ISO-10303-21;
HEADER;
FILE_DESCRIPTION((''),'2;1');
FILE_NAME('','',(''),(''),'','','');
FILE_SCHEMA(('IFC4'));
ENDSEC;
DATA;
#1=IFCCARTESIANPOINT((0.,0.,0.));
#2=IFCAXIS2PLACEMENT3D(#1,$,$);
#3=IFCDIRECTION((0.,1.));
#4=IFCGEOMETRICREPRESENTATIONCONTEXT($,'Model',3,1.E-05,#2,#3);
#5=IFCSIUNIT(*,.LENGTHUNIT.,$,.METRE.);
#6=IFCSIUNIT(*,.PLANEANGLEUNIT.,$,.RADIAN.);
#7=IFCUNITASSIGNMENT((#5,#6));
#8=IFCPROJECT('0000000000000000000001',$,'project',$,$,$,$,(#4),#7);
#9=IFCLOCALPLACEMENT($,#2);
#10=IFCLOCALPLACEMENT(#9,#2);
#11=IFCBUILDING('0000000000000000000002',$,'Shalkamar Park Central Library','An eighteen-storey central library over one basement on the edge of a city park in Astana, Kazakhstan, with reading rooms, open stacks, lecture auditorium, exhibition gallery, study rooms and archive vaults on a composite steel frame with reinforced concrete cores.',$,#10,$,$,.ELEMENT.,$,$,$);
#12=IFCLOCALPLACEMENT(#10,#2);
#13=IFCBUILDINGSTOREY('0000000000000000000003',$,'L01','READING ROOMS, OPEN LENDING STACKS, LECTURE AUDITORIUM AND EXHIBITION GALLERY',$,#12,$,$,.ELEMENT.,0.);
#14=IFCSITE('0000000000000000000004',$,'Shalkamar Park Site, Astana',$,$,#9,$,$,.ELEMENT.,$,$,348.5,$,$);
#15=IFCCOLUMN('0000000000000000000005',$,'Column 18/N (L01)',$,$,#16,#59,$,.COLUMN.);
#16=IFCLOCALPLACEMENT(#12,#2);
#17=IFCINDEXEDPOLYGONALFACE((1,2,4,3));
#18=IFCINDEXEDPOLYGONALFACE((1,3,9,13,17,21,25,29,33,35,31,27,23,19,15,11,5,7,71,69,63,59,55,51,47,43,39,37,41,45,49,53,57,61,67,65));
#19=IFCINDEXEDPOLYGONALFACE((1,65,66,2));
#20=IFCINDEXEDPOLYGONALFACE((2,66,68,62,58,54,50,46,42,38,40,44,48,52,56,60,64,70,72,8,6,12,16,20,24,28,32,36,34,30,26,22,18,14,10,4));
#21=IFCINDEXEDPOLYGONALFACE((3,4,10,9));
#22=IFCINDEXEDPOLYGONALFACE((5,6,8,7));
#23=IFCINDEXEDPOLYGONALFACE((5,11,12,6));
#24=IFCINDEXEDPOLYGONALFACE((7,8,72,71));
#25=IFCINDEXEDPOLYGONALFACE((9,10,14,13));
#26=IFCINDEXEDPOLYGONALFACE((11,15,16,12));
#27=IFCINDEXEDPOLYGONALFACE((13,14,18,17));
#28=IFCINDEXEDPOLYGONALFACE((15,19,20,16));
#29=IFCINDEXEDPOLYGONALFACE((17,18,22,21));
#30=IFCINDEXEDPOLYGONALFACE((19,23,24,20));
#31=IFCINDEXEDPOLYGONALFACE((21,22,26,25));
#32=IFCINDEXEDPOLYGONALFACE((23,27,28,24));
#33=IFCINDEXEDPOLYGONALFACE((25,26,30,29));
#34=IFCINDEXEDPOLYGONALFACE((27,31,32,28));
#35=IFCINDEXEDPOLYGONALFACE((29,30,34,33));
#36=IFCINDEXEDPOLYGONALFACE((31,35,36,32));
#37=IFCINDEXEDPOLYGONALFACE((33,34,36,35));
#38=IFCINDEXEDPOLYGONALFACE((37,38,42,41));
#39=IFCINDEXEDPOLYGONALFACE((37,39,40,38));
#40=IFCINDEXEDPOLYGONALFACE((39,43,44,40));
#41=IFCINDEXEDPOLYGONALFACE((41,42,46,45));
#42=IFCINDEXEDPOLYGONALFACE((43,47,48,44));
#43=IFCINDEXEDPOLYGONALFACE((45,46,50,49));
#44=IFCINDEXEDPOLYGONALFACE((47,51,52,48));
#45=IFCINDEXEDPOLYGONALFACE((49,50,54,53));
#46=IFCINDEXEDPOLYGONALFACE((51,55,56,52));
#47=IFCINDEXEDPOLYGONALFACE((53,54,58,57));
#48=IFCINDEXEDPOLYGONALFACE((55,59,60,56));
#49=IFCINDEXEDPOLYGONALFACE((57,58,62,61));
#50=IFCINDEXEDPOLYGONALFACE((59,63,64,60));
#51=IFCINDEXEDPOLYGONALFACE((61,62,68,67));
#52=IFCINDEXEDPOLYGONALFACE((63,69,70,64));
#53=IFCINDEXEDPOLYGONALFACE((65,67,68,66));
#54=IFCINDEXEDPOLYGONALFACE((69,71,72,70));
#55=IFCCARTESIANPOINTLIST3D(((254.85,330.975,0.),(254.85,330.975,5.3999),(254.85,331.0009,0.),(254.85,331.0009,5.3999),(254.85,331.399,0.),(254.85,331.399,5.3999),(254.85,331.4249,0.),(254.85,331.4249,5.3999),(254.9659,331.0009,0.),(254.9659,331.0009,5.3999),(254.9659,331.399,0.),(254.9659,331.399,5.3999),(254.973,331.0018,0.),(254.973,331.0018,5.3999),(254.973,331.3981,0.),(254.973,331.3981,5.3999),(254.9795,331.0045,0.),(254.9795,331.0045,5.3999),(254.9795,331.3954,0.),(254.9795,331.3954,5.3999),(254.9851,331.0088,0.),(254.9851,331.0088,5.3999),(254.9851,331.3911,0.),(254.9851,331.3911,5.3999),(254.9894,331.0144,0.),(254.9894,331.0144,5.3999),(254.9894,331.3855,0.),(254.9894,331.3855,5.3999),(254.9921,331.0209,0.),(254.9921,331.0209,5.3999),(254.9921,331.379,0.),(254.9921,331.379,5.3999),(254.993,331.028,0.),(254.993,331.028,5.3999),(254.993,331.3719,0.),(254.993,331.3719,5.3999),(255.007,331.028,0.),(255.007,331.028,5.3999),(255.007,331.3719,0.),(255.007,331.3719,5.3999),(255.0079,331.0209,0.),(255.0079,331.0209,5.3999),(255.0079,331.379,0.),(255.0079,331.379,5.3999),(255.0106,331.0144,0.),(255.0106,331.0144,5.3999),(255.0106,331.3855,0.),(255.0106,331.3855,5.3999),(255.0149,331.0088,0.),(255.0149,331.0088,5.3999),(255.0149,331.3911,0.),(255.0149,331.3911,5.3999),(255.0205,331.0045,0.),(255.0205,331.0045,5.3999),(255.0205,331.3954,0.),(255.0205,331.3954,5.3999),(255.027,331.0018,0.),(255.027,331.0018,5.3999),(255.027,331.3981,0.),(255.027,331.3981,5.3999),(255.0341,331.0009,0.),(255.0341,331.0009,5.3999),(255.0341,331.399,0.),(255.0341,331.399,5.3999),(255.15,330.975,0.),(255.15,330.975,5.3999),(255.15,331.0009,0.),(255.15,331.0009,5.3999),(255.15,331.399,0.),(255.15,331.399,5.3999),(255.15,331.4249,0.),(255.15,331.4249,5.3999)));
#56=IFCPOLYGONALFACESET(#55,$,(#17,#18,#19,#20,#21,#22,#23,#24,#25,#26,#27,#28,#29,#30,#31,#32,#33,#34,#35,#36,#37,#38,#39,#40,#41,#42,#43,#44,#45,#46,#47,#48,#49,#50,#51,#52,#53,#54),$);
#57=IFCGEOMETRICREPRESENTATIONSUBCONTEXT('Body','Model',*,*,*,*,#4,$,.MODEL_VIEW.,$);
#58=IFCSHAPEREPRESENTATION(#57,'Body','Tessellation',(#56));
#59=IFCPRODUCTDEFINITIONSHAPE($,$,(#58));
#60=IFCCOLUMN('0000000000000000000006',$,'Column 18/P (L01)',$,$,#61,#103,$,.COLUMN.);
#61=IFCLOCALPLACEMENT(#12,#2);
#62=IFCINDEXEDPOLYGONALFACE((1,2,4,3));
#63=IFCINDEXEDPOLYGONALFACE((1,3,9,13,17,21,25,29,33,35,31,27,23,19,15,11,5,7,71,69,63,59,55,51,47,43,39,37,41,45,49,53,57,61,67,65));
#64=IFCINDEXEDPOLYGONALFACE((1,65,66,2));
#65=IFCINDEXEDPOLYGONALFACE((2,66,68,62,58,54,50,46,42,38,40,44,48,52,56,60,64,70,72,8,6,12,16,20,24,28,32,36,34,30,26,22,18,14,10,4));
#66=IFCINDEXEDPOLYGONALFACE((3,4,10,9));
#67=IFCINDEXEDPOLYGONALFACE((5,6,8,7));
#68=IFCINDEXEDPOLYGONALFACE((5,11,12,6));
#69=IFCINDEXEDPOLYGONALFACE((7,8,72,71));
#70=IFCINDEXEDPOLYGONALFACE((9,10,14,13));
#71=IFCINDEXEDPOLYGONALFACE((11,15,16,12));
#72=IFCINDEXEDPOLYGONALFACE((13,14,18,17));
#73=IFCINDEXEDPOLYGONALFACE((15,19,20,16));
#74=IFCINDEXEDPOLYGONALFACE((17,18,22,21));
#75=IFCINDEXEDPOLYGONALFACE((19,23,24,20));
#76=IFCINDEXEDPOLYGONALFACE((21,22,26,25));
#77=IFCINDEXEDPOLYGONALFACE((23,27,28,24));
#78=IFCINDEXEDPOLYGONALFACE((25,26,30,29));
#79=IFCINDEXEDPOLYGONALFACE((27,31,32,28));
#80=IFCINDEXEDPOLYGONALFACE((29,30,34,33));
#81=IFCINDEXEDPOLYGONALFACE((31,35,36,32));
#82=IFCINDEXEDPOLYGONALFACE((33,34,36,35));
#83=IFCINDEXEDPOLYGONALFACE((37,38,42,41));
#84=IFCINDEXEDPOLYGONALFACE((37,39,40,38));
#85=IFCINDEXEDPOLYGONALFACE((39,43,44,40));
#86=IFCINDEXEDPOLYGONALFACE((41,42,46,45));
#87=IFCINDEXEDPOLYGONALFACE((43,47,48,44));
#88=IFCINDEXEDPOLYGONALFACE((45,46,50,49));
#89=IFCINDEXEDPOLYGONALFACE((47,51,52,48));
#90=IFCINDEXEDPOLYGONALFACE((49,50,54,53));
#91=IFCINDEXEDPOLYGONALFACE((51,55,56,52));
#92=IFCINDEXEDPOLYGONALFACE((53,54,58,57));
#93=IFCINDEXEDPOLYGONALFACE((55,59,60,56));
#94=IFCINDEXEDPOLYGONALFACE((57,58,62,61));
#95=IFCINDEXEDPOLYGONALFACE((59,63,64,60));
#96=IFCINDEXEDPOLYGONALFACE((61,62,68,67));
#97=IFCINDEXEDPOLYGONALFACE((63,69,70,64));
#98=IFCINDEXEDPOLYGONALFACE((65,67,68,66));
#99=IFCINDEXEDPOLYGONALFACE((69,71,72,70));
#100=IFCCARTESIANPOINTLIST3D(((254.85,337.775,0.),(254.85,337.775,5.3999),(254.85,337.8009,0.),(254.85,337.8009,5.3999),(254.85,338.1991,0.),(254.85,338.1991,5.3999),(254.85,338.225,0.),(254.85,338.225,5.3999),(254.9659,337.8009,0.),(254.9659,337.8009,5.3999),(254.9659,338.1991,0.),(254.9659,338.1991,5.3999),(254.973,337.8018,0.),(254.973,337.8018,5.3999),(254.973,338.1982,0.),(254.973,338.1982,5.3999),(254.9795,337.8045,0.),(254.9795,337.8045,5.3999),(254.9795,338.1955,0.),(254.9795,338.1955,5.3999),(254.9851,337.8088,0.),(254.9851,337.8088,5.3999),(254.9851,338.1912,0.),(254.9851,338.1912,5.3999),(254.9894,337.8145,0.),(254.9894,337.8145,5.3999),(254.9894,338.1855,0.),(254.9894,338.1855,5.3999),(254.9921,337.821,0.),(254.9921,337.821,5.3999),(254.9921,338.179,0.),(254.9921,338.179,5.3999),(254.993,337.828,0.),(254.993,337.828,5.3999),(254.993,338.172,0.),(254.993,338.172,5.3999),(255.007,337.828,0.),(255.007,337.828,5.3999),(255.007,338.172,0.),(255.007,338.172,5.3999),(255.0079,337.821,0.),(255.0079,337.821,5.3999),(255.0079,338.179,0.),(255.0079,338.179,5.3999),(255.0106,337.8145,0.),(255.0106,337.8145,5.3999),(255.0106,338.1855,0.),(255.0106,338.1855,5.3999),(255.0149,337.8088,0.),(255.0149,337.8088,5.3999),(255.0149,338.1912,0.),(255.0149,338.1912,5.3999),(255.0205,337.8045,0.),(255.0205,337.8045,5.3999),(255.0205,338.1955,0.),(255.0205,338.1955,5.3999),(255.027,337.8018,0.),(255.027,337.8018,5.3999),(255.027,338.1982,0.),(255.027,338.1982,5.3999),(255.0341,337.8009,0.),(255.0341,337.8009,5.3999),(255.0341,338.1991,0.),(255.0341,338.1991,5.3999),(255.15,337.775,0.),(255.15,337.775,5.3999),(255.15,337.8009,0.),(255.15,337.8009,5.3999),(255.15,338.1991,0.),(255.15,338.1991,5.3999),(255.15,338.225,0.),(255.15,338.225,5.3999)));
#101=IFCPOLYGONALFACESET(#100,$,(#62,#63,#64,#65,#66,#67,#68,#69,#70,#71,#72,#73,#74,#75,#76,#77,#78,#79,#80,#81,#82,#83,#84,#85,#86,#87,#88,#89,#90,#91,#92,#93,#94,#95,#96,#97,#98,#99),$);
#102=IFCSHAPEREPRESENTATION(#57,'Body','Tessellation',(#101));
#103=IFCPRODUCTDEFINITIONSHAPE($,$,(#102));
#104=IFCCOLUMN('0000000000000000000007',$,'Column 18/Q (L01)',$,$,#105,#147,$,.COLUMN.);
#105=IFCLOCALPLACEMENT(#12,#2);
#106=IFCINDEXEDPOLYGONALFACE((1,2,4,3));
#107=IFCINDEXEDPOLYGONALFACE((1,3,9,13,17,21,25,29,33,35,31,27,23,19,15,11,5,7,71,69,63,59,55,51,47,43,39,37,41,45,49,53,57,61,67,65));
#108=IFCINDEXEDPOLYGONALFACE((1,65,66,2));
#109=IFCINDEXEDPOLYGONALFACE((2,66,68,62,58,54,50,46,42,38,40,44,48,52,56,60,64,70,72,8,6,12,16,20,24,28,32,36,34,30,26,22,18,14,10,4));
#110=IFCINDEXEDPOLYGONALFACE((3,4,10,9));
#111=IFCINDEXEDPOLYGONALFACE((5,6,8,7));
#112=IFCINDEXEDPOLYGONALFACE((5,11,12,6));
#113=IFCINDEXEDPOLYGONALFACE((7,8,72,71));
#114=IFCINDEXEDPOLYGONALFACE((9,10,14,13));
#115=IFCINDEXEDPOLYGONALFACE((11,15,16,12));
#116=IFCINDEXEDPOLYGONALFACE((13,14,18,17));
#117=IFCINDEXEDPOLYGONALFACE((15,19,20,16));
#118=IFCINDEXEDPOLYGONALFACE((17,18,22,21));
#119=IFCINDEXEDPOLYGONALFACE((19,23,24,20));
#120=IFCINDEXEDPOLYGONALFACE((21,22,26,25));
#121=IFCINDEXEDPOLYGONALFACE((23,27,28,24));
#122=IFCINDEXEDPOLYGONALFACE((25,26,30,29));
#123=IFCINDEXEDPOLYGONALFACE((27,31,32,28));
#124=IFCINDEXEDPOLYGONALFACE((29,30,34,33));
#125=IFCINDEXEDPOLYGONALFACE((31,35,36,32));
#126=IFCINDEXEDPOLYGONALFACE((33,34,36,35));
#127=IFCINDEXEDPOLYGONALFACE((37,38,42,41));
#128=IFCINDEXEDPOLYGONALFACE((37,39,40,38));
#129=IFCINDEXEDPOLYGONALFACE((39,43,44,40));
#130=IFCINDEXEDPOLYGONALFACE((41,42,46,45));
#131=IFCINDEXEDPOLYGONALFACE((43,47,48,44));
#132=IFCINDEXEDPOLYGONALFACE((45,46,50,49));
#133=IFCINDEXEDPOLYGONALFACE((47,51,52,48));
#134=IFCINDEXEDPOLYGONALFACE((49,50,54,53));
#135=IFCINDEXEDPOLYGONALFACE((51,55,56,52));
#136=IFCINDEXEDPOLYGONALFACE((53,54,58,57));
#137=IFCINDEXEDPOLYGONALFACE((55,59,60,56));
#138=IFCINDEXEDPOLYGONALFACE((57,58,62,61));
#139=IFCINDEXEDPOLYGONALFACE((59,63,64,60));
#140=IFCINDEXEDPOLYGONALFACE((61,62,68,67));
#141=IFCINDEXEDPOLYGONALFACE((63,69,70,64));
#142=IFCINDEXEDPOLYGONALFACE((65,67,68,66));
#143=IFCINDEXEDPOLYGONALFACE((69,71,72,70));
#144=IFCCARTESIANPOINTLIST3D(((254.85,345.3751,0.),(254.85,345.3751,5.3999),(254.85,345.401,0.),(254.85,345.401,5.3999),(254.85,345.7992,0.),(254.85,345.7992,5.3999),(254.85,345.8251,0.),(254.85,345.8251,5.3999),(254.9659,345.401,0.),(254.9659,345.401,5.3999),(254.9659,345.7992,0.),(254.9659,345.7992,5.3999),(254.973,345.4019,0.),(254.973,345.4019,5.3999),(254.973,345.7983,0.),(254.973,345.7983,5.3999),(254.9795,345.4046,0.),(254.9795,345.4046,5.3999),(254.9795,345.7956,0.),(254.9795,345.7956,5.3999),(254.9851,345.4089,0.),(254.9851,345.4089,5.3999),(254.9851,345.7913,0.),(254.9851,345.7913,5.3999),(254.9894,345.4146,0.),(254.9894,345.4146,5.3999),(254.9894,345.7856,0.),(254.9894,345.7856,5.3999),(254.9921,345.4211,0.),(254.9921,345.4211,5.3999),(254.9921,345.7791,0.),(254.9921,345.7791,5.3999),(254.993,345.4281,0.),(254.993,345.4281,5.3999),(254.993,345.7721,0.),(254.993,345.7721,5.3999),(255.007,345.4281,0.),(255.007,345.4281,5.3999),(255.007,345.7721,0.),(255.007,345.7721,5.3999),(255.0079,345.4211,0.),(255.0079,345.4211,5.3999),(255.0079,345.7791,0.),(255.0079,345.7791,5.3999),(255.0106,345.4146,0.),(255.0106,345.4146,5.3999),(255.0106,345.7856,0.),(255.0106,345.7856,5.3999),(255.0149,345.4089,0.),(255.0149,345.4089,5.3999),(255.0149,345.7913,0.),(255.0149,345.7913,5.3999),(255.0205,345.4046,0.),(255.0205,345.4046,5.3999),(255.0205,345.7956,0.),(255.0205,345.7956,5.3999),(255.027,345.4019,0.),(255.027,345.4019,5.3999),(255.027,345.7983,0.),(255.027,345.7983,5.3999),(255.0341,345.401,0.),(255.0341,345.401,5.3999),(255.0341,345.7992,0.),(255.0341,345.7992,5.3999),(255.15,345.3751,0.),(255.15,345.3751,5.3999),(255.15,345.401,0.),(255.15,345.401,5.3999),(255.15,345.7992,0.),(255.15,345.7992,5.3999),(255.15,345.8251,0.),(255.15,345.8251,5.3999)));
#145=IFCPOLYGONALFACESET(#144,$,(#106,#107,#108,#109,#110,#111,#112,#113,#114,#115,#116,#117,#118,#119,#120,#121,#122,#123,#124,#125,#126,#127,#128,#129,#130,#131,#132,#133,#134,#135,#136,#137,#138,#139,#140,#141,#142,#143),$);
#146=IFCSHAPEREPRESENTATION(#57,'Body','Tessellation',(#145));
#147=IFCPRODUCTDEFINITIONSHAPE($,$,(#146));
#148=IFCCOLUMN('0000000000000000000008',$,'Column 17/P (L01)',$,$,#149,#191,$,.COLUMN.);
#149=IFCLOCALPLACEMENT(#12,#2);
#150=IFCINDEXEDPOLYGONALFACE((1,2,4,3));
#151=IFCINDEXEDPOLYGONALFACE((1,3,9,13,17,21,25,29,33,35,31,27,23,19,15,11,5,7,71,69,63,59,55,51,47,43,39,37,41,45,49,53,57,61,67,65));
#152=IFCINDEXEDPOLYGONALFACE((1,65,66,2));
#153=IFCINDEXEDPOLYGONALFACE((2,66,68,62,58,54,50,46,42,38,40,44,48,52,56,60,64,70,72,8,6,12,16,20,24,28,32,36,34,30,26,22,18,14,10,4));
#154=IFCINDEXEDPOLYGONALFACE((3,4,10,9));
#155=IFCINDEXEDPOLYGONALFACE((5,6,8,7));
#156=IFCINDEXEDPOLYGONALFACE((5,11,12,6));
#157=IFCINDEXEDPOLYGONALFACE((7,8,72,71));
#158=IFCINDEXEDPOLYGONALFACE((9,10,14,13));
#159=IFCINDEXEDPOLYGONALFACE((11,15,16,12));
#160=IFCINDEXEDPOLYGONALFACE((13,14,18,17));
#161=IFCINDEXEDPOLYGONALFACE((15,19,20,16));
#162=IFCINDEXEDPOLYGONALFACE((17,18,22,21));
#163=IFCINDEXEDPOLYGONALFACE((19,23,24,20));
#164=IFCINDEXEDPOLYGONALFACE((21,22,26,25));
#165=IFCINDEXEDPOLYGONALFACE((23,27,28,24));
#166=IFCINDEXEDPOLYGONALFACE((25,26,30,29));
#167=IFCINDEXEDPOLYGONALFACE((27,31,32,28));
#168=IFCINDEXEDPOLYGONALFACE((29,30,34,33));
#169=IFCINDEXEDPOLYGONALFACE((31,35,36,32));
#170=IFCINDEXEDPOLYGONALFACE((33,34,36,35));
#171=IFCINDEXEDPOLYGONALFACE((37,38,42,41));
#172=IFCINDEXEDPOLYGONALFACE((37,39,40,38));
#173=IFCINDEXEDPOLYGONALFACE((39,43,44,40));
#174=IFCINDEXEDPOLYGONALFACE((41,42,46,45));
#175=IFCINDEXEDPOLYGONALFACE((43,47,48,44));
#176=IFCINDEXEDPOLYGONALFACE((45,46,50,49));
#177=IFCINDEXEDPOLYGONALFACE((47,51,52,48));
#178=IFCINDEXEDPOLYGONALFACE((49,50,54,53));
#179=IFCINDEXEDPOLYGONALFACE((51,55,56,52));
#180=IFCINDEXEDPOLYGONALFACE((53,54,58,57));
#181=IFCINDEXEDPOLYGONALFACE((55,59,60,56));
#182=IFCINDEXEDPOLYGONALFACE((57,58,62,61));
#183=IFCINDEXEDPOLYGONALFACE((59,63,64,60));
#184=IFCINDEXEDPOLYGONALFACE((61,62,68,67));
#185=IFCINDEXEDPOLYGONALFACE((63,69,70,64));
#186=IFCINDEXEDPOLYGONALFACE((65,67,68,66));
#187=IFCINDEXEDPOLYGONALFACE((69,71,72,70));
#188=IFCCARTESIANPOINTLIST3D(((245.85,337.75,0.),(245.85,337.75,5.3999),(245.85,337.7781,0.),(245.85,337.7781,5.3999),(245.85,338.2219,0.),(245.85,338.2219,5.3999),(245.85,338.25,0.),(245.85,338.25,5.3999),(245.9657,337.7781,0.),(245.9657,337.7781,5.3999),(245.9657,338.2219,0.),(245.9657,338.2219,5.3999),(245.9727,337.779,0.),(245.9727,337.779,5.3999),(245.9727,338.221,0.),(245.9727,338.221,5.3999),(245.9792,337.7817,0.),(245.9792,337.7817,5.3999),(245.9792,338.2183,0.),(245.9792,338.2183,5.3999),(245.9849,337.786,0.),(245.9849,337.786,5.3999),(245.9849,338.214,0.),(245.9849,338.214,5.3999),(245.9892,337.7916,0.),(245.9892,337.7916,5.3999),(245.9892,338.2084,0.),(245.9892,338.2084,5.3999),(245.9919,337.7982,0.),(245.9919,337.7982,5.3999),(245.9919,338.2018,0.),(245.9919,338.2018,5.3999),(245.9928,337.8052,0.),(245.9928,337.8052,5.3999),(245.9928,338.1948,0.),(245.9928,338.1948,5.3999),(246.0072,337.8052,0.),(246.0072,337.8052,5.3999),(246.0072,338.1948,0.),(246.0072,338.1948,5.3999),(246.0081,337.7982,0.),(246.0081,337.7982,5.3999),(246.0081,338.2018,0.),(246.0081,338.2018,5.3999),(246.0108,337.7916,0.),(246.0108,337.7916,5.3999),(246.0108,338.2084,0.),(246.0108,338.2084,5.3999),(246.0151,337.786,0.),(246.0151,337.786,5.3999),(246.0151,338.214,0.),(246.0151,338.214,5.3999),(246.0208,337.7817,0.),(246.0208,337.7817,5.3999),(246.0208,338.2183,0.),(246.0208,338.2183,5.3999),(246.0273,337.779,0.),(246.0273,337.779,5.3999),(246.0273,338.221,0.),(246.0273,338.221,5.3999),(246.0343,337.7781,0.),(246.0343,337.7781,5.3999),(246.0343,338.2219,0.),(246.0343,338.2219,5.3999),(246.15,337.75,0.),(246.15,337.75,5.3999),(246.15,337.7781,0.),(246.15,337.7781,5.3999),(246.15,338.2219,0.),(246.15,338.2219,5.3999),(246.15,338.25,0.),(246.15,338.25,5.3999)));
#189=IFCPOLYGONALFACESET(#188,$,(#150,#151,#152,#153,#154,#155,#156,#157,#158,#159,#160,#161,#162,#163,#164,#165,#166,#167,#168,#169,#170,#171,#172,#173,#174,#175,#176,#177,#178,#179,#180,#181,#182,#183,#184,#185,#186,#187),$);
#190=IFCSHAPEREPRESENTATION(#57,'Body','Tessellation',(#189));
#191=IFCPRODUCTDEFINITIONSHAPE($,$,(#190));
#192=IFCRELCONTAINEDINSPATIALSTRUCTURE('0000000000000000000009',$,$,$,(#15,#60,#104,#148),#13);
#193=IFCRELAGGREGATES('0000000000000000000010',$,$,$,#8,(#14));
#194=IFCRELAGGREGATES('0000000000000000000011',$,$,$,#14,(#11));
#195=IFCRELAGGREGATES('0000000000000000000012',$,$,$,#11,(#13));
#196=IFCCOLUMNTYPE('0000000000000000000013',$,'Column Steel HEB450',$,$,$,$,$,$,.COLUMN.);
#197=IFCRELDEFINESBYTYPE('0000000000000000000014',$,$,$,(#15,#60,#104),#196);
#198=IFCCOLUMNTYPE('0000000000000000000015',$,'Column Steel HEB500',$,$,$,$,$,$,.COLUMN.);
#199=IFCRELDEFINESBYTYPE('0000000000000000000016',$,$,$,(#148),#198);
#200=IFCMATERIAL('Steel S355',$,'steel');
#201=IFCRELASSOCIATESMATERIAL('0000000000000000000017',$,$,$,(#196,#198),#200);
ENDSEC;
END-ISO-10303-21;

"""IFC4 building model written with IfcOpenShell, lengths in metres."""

from ifc_helpers import new_model, si_unit, direction, frame, origin, origin_2d, place, context, subcontext, project, spatial, i_section, extrude, material, material_profile, profile_set, type_object, element, save


model = new_model("IFC4")

# Units and contexts
model_context = context("Model", 3, precision=1e-05, world=origin(), true_north=direction((0.0, 1.0)))
body_context = subcontext(model_context, "Body", "Model", "MODEL_VIEW")
ifc_project = project(units=[si_unit("LENGTHUNIT", "METRE"), si_unit("PLANEANGLEUNIT", "RADIAN")], contexts=[model_context])

# Site, building, storey
site_placement = place(None, origin())
site = spatial("IfcSite", under=ifc_project, at=site_placement, Name="Shalkamar Park Site, Astana", CompositionType="ELEMENT", RefElevation=348.5)
building_placement = place(site_placement, origin())
building = spatial("IfcBuilding", under=site, at=building_placement, Name="Shalkamar Park Central Library", Description="An eighteen-storey central library over one basement on the edge of a city park in Astana, Kazakhstan, with reading rooms, open stacks, lecture auditorium, exhibition gallery, study rooms and archive vaults on a composite steel frame with reinforced concrete cores.", CompositionType="ELEMENT")
storey_placement = place(building_placement, origin())
storey = spatial("IfcBuildingStorey", under=building, at=storey_placement, Name="L01", Description="READING ROOMS, OPEN LENDING STACKS, LECTURE AUDITORIUM AND EXHIBITION GALLERY", CompositionType="ELEMENT", Elevation=0.0)

# Columns
ifc_material_1 = material(Name="Steel S355", Category="steel")
ifc_material_profile_1 = material_profile(ifc_material_1, i_section(OverallWidth=0.3, OverallDepth=0.45, WebThickness=0.0139, FlangeThickness=0.0259, FilletRadius=0.0271, at=origin_2d()), Name="HEB 450")
ifc_profile_set_1 = profile_set([ifc_material_profile_1], Name="Steel S355")
column_type_1 = type_object("IfcColumnType", Name="Column Steel HEB450", PredefinedType="COLUMN", material=ifc_profile_set_1)
for number, where, z_axis, x_axis, name in (
    (1, (255.0, 331.2, 0.0), (0.0, 0.0, 1.0), (1.0, 0.0, 0.0), "Column 18/N (L01)"),
    (2, (255.0, 338.0, 0.0), (0.0, 0.0, 1.0), (1.0, 0.0, 0.0), "Column 18/P (L01)"),
    (3, (255.0, 345.6001, 0.0), (0.0, 0.0, 1.0), (1.0, 0.0, 0.0), "Column 18/Q (L01)"),
):
    element("IfcColumn", number, at=place(storey_placement, frame(where, z_axis=z_axis, x_axis=x_axis)), inside=storey, type_object=column_type_1, Name=name, PredefinedType="COLUMN", context=body_context, shape_type="SweptSolid", body=[
        extrude(i_section(OverallWidth=0.3, OverallDepth=0.45, WebThickness=0.0139, FlangeThickness=0.0259, FilletRadius=0.0271, at=origin_2d()), origin(), (0.0, 0.0, 1.0), 5.3999),
    ])
ifc_material_profile_2 = material_profile(ifc_material_1, i_section(OverallWidth=0.3, OverallDepth=0.5, WebThickness=0.0144, FlangeThickness=0.0281, FilletRadius=0.0271, at=origin_2d()), Name="HEB 500")
ifc_profile_set_2 = profile_set([ifc_material_profile_2], Name="Steel S355")
column_type_2 = type_object("IfcColumnType", Name="Column Steel HEB500", PredefinedType="COLUMN", material=ifc_profile_set_2)
for number, where, z_axis, x_axis, name in (
    (4, (246.0, 338.0, 0.0), (0.0, 0.0, 1.0), (1.0, 0.0, 0.0), "Column 17/P (L01)"),
):
    element("IfcColumn", number, at=place(storey_placement, frame(where, z_axis=z_axis, x_axis=x_axis)), inside=storey, type_object=column_type_2, Name=name, PredefinedType="COLUMN", context=body_context, shape_type="SweptSolid", body=[
        extrude(i_section(OverallWidth=0.3, OverallDepth=0.5, WebThickness=0.0144, FlangeThickness=0.0281, FilletRadius=0.0271, at=origin_2d()), origin(), (0.0, 0.0, 1.0), 5.3999),
    ])

save(model, "model.ifc")
